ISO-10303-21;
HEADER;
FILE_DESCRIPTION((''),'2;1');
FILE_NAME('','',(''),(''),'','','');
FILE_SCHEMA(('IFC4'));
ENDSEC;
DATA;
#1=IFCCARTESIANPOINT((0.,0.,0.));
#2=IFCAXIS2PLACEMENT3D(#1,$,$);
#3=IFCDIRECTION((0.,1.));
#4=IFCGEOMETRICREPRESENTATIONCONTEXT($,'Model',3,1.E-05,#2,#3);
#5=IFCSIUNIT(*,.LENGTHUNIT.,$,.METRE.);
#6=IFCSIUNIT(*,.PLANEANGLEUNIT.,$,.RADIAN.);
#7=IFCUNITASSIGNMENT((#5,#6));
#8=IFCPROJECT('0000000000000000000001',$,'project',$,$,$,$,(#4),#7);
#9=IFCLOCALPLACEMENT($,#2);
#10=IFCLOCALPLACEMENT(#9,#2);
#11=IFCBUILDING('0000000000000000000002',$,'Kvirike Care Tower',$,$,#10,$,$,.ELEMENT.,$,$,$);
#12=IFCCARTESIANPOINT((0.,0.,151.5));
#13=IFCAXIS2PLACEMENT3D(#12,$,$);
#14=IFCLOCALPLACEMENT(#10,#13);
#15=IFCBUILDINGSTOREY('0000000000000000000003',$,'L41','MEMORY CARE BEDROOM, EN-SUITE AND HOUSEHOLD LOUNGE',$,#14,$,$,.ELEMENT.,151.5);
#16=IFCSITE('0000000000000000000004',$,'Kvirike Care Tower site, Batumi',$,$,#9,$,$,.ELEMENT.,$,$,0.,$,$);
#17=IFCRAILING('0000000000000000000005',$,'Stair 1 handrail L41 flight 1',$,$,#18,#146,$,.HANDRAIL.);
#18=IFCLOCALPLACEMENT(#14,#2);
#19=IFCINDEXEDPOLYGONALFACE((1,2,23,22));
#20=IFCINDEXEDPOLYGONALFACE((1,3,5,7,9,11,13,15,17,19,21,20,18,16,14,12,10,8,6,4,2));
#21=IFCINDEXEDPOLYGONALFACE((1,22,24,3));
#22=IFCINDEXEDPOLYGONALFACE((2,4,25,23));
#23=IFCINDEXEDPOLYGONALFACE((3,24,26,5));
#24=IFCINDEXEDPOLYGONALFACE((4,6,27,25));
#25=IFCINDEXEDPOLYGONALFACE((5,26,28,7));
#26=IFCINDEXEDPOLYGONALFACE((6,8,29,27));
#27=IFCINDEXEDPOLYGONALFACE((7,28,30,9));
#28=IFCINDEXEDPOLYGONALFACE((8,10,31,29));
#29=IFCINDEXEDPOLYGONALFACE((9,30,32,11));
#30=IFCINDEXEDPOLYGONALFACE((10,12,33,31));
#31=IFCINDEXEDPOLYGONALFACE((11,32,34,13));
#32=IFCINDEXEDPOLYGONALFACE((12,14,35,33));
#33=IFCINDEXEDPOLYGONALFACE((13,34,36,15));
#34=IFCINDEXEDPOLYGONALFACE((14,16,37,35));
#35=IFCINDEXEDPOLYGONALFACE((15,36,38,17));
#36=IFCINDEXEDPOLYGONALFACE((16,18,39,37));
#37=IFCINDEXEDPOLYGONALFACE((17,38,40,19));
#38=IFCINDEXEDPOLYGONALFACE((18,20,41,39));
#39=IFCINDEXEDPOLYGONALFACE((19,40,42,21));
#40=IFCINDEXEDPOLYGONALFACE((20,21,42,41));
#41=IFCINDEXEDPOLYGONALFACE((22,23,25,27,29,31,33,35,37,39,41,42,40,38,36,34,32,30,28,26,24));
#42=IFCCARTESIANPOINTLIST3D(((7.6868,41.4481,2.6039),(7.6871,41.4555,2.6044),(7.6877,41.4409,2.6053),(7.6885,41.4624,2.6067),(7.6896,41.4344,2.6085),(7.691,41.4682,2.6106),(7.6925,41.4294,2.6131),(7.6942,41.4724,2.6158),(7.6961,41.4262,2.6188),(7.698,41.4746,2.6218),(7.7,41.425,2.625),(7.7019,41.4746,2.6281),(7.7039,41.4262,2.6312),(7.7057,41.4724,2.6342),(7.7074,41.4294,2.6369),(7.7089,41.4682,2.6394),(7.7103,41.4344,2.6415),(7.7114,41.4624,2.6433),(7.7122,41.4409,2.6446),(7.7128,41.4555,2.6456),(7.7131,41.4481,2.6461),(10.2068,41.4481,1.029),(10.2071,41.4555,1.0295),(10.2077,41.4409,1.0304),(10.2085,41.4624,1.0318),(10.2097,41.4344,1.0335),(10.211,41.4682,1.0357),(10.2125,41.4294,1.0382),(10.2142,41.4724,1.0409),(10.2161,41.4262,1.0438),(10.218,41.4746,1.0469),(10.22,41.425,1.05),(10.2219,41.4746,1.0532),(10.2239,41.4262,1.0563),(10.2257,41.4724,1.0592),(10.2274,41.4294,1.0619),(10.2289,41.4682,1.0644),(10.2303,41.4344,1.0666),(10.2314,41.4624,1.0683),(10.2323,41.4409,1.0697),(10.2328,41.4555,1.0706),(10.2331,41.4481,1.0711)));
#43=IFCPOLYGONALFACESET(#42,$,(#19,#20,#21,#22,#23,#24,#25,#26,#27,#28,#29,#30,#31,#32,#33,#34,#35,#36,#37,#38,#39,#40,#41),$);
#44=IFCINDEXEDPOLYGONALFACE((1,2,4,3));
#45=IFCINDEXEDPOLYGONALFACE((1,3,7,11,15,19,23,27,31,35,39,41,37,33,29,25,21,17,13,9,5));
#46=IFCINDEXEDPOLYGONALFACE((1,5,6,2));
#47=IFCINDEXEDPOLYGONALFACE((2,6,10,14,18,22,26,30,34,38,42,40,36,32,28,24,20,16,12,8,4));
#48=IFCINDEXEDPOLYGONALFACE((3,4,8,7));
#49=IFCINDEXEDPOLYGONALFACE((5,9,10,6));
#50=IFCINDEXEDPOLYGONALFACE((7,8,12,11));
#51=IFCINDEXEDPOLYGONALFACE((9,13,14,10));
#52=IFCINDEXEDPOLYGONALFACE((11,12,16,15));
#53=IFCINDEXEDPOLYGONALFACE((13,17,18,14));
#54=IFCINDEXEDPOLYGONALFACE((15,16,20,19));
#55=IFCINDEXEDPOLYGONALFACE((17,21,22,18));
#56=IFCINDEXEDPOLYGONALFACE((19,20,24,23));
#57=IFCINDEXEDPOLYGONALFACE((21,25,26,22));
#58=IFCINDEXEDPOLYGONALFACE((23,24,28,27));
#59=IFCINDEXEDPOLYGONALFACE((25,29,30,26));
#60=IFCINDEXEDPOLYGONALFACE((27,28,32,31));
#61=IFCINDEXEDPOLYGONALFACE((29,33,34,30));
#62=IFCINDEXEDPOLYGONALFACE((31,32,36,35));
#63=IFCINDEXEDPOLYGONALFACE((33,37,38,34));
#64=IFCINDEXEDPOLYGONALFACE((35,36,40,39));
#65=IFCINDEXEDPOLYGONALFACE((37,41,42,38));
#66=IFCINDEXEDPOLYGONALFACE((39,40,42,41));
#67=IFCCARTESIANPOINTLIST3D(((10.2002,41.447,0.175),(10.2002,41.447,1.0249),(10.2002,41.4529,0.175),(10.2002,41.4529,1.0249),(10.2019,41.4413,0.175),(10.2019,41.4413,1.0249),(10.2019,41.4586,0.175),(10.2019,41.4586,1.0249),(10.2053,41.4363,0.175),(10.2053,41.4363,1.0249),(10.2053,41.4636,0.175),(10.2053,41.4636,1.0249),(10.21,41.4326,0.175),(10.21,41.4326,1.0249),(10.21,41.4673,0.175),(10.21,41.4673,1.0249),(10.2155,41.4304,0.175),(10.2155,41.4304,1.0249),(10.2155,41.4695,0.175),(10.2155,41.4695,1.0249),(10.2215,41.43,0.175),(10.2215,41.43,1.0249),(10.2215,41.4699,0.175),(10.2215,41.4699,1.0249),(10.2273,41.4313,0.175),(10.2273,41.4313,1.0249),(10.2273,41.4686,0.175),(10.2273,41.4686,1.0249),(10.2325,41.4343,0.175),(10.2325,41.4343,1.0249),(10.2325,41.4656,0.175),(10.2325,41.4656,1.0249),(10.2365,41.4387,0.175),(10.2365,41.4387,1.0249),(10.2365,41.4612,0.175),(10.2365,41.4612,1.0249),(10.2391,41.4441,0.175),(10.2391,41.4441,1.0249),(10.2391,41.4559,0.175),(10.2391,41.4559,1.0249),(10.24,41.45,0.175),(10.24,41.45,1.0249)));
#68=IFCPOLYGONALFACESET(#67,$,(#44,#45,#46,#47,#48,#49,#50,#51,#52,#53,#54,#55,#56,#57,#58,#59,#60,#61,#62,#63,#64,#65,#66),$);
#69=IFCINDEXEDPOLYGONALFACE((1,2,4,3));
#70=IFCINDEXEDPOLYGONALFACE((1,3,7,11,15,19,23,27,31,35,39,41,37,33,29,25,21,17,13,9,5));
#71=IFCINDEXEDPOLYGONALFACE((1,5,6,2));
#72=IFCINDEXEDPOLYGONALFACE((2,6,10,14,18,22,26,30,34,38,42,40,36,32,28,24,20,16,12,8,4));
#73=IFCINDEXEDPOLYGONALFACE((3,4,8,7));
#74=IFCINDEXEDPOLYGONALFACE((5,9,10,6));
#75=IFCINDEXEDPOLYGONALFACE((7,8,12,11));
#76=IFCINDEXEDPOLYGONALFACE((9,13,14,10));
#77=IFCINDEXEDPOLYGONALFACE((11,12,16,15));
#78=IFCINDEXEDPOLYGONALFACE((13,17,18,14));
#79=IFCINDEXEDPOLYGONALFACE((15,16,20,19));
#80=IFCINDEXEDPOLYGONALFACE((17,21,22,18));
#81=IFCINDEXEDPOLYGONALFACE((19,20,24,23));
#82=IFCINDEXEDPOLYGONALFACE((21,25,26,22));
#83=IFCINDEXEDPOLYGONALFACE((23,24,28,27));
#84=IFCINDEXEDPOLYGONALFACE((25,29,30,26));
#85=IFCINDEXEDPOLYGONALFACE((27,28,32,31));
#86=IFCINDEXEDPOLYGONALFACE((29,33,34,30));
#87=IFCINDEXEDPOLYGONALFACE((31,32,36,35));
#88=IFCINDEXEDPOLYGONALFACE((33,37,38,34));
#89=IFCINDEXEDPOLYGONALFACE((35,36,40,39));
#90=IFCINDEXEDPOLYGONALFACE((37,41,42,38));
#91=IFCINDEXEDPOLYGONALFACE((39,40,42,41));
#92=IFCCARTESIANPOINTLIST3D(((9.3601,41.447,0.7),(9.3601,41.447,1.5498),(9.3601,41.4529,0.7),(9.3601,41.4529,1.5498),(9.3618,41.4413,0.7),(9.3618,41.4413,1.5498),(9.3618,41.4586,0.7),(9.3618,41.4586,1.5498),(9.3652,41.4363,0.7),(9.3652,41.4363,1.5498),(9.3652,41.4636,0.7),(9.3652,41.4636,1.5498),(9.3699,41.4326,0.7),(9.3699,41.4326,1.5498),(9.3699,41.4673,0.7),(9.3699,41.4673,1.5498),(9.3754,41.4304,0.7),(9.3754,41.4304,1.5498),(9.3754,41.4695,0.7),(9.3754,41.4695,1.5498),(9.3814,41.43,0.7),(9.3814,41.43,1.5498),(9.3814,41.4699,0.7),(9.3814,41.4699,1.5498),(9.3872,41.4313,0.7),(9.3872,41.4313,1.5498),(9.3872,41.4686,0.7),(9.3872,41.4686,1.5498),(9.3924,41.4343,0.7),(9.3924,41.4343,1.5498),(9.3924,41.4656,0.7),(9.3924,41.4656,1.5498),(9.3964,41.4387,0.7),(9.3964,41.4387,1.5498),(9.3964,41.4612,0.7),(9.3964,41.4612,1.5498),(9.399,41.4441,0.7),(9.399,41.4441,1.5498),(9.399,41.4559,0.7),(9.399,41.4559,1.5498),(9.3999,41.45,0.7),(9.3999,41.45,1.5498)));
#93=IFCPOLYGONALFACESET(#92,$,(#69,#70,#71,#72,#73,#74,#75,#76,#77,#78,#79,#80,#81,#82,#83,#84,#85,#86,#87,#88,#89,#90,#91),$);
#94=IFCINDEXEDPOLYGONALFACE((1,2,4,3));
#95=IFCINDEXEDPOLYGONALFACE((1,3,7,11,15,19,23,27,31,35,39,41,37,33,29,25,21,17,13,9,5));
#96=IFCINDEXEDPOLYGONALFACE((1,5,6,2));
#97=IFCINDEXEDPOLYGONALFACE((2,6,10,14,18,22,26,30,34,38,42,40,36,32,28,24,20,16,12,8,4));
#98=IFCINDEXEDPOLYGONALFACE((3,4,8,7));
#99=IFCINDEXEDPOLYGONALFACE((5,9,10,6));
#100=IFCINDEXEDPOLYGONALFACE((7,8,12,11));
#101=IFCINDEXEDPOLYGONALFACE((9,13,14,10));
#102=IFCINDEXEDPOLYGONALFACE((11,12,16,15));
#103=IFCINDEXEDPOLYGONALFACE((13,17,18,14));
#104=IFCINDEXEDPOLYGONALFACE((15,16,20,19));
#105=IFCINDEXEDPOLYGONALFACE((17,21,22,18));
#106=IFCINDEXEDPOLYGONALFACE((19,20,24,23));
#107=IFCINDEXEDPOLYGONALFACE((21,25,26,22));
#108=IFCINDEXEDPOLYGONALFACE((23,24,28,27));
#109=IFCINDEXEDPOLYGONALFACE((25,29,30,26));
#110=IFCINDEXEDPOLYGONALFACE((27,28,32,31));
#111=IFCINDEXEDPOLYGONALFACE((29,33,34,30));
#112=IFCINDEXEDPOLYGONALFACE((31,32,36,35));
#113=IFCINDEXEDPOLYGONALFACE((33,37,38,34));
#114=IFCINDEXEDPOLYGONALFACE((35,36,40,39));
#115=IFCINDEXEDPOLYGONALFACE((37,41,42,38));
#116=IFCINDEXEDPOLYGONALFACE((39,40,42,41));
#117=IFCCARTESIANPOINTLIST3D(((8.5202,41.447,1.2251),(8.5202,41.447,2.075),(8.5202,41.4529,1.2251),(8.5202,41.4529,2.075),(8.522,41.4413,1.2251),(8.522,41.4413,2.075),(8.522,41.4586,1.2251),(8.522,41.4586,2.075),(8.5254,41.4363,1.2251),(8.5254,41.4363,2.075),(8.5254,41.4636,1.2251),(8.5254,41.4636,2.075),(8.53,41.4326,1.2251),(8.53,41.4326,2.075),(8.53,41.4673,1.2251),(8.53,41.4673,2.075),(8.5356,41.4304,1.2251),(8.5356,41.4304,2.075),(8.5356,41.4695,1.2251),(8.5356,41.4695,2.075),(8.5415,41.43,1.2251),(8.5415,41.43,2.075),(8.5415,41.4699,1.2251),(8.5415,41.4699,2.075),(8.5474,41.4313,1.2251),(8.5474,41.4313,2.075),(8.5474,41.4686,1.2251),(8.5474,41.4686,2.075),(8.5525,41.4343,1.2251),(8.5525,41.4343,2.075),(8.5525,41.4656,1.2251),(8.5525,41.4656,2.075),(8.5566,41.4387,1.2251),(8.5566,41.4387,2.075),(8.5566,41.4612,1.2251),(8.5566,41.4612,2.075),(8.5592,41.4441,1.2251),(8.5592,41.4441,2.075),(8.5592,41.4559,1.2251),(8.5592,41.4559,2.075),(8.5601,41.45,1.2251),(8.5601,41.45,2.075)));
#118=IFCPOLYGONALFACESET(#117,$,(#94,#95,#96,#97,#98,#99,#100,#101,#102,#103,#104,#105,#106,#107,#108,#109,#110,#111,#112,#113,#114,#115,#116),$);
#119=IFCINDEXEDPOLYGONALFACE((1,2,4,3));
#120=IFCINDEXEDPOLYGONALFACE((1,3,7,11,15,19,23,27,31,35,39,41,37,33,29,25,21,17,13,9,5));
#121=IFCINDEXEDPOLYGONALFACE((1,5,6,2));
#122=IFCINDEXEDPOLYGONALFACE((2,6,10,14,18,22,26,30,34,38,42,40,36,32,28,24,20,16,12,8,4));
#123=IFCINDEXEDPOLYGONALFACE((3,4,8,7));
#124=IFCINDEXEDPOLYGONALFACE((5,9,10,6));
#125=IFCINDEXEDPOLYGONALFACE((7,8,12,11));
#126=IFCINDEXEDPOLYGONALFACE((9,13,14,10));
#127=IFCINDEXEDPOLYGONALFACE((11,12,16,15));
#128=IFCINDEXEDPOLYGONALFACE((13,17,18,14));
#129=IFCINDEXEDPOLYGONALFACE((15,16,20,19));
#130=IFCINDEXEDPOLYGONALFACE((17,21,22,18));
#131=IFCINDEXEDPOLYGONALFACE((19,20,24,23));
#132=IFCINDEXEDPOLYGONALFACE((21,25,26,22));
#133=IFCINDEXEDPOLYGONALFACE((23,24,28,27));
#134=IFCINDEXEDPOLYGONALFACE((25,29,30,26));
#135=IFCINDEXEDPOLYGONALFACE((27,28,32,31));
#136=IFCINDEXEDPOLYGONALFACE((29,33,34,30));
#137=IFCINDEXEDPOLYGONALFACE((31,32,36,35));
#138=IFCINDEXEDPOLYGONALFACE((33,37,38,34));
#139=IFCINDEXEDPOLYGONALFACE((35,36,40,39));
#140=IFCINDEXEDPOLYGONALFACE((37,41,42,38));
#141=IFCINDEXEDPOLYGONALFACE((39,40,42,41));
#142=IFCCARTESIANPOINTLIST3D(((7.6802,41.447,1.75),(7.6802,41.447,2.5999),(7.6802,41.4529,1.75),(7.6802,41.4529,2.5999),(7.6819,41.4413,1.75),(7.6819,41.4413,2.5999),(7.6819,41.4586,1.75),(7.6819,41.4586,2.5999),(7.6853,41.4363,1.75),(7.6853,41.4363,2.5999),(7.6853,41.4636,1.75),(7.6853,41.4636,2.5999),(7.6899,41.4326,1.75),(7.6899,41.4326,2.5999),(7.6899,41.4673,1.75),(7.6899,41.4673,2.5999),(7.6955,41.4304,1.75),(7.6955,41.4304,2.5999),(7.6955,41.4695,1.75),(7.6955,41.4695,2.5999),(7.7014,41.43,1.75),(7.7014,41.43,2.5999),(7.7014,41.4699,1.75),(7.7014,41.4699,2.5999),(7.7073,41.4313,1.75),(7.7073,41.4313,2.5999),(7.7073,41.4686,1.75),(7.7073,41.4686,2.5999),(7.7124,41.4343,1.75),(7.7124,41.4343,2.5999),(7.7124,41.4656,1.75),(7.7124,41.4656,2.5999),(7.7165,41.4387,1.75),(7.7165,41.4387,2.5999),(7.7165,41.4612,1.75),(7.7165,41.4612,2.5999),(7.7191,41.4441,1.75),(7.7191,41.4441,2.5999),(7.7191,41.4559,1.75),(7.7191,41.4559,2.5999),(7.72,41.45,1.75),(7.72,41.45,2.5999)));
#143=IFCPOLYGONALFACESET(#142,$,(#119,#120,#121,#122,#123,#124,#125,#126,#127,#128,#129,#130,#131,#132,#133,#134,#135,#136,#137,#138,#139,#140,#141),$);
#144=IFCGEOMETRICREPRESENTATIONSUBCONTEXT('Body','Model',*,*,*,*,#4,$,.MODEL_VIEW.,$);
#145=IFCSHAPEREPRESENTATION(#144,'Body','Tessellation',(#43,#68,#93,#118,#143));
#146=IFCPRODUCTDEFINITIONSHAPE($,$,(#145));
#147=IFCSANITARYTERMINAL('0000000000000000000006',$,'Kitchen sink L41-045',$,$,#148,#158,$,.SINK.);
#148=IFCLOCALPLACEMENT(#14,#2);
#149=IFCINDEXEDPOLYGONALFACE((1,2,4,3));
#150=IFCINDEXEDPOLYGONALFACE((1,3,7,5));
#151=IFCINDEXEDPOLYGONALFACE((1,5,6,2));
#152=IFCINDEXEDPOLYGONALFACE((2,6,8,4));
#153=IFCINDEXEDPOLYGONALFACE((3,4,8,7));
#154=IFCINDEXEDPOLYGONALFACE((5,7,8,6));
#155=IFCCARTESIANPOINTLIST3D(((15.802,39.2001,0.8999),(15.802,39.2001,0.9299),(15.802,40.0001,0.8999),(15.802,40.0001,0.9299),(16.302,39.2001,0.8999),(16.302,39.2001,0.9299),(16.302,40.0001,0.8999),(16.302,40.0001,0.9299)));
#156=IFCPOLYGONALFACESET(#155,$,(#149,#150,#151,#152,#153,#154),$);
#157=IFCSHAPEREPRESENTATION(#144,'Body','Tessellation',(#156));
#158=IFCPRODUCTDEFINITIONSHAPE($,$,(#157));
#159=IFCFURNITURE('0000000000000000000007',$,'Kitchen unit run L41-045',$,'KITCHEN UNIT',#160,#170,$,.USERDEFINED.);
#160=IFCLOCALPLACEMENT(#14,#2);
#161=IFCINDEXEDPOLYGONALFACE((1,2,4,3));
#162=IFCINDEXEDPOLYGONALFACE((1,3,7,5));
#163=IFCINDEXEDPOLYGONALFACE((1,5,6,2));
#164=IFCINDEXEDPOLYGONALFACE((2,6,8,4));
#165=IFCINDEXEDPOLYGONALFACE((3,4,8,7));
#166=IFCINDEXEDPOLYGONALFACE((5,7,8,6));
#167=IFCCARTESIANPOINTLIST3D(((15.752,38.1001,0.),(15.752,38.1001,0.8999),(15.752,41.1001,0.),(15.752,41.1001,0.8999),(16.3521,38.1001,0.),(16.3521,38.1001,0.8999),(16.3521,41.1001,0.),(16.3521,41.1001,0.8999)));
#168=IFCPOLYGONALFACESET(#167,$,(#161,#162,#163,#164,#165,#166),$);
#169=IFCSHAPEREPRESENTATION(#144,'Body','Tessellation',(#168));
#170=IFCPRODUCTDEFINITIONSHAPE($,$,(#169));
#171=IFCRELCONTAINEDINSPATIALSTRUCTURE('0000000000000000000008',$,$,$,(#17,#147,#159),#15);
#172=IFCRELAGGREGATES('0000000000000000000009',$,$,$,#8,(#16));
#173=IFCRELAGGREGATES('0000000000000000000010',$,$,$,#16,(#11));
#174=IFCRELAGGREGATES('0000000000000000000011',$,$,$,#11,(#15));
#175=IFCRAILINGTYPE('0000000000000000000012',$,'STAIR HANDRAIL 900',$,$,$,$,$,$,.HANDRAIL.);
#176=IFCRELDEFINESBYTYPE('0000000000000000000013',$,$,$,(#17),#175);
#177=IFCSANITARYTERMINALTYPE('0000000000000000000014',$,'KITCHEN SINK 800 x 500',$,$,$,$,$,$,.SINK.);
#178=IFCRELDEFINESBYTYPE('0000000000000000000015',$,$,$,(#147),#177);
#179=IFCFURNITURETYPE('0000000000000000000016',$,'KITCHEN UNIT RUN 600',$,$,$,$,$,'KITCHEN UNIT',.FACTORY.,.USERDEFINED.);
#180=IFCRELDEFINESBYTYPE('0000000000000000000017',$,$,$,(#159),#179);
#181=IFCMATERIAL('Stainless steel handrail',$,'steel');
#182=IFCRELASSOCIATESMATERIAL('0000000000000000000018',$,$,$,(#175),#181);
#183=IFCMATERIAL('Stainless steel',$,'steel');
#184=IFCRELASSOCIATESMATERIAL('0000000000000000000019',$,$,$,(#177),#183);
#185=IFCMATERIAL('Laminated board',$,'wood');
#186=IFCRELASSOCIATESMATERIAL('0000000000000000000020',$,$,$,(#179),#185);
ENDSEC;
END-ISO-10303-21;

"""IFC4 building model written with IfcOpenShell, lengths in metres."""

from ifc_helpers import new_model, si_unit, direction, frame, origin, origin_2d, place, context, subcontext, project, spatial, rectangle, circle, extrude, material, type_object, element, save


model = new_model("IFC4")

# Units and contexts
model_context = context("Model", 3, precision=1e-05, world=origin(), true_north=direction((0.0, 1.0)))
body_context = subcontext(model_context, "Body", "Model", "MODEL_VIEW")
ifc_project = project(units=[si_unit("LENGTHUNIT", "METRE"), si_unit("PLANEANGLEUNIT", "RADIAN")], contexts=[model_context])

# Site, building, storey
site_placement = place(None, origin())
site = spatial("IfcSite", under=ifc_project, at=site_placement, Name="Kvirike Care Tower site, Batumi", CompositionType="ELEMENT", RefElevation=0.0)
building_placement = place(site_placement, origin())
building = spatial("IfcBuilding", under=site, at=building_placement, Name="Kvirike Care Tower", CompositionType="ELEMENT")
storey_placement = place(building_placement, frame((0.0, 0.0, 151.5)))
storey = spatial("IfcBuildingStorey", under=building, at=storey_placement, Name="L41", Description="MEMORY CARE BEDROOM, EN-SUITE AND HOUSEHOLD LOUNGE", CompositionType="ELEMENT", Elevation=151.5)

# Railing
ifc_material_1 = material(Name="Stainless steel handrail", Category="steel")
railing_type = type_object("IfcRailingType", Name="STAIR HANDRAIL 900", PredefinedType="HANDRAIL", material=ifc_material_1)
railing_placement = place(storey_placement, frame((10.22, 41.45, 0.175)))
element("IfcRailing", 1, at=railing_placement, inside=storey, type_object=railing_type, Name="Stair 1 handrail L41 flight 1", PredefinedType="HANDRAIL", context=body_context, shape_type="SweptSolid", body=[
    extrude(circle(Radius=0.0249, at=origin_2d()), frame((0.0, 0.0, 0.875), z_axis=(-0.848008, 0.0, 0.529984), x_axis=(0.0, -1.0, 0.0)), (0.0, 0.0, 1.0), 2.9717),
    extrude(circle(Radius=0.02, at=origin_2d()), origin(), (0.0, 0.0, 1.0), 0.8499),
    extrude(circle(Radius=0.02, at=origin_2d()), frame((-0.8401, 0.0, 0.5249)), (0.0, 0.0, 1.0), 0.8499),
    extrude(circle(Radius=0.02, at=origin_2d()), frame((-1.6799, 0.0, 1.05)), (0.0, 0.0, 1.0), 0.8499),
    extrude(circle(Radius=0.02, at=origin_2d()), frame((-2.52, 0.0, 1.575)), (0.0, 0.0, 1.0), 0.8499),
])

# Sanitary terminal
ifc_material_2 = material(Name="Stainless steel", Category="steel")
sanitary_terminal_type = type_object("IfcSanitaryTerminalType", Name="KITCHEN SINK 800 x 500", PredefinedType="SINK", material=ifc_material_2)
sanitary_terminal_placement = place(storey_placement, frame((16.052, 39.6001, 0.8999), z_axis=(0.0, 0.0, 1.0), x_axis=(0.0, 1.0, 0.0)))
element("IfcSanitaryTerminal", 2, at=sanitary_terminal_placement, inside=storey, type_object=sanitary_terminal_type, Name="Kitchen sink L41-045", PredefinedType="SINK", context=body_context, shape_type="SweptSolid", body=[
    extrude(rectangle(XDim=0.8, YDim=0.5, at=origin_2d()), origin(), (0.0, 0.0, 1.0), 0.03),
])

# Furniture
ifc_material_3 = material(Name="Laminated board", Category="wood")
furniture_type = type_object("IfcFurnitureType", Name="KITCHEN UNIT RUN 600", ElementType="KITCHEN UNIT", AssemblyPlace="FACTORY", PredefinedType="USERDEFINED", material=ifc_material_3)
furniture_placement = place(storey_placement, frame((16.052, 39.6001, 0.0), z_axis=(0.0, 0.0, 1.0), x_axis=(0.0, 1.0, 0.0)))
element("IfcFurniture", 3, at=furniture_placement, inside=storey, type_object=furniture_type, Name="Kitchen unit run L41-045", ObjectType="KITCHEN UNIT", PredefinedType="USERDEFINED", context=body_context, shape_type="SweptSolid", body=[
    extrude(rectangle(XDim=3.0, YDim=0.6001, at=origin_2d()), origin(), (0.0, 0.0, 1.0), 0.8999),
])

save(model, "model.ifc")
